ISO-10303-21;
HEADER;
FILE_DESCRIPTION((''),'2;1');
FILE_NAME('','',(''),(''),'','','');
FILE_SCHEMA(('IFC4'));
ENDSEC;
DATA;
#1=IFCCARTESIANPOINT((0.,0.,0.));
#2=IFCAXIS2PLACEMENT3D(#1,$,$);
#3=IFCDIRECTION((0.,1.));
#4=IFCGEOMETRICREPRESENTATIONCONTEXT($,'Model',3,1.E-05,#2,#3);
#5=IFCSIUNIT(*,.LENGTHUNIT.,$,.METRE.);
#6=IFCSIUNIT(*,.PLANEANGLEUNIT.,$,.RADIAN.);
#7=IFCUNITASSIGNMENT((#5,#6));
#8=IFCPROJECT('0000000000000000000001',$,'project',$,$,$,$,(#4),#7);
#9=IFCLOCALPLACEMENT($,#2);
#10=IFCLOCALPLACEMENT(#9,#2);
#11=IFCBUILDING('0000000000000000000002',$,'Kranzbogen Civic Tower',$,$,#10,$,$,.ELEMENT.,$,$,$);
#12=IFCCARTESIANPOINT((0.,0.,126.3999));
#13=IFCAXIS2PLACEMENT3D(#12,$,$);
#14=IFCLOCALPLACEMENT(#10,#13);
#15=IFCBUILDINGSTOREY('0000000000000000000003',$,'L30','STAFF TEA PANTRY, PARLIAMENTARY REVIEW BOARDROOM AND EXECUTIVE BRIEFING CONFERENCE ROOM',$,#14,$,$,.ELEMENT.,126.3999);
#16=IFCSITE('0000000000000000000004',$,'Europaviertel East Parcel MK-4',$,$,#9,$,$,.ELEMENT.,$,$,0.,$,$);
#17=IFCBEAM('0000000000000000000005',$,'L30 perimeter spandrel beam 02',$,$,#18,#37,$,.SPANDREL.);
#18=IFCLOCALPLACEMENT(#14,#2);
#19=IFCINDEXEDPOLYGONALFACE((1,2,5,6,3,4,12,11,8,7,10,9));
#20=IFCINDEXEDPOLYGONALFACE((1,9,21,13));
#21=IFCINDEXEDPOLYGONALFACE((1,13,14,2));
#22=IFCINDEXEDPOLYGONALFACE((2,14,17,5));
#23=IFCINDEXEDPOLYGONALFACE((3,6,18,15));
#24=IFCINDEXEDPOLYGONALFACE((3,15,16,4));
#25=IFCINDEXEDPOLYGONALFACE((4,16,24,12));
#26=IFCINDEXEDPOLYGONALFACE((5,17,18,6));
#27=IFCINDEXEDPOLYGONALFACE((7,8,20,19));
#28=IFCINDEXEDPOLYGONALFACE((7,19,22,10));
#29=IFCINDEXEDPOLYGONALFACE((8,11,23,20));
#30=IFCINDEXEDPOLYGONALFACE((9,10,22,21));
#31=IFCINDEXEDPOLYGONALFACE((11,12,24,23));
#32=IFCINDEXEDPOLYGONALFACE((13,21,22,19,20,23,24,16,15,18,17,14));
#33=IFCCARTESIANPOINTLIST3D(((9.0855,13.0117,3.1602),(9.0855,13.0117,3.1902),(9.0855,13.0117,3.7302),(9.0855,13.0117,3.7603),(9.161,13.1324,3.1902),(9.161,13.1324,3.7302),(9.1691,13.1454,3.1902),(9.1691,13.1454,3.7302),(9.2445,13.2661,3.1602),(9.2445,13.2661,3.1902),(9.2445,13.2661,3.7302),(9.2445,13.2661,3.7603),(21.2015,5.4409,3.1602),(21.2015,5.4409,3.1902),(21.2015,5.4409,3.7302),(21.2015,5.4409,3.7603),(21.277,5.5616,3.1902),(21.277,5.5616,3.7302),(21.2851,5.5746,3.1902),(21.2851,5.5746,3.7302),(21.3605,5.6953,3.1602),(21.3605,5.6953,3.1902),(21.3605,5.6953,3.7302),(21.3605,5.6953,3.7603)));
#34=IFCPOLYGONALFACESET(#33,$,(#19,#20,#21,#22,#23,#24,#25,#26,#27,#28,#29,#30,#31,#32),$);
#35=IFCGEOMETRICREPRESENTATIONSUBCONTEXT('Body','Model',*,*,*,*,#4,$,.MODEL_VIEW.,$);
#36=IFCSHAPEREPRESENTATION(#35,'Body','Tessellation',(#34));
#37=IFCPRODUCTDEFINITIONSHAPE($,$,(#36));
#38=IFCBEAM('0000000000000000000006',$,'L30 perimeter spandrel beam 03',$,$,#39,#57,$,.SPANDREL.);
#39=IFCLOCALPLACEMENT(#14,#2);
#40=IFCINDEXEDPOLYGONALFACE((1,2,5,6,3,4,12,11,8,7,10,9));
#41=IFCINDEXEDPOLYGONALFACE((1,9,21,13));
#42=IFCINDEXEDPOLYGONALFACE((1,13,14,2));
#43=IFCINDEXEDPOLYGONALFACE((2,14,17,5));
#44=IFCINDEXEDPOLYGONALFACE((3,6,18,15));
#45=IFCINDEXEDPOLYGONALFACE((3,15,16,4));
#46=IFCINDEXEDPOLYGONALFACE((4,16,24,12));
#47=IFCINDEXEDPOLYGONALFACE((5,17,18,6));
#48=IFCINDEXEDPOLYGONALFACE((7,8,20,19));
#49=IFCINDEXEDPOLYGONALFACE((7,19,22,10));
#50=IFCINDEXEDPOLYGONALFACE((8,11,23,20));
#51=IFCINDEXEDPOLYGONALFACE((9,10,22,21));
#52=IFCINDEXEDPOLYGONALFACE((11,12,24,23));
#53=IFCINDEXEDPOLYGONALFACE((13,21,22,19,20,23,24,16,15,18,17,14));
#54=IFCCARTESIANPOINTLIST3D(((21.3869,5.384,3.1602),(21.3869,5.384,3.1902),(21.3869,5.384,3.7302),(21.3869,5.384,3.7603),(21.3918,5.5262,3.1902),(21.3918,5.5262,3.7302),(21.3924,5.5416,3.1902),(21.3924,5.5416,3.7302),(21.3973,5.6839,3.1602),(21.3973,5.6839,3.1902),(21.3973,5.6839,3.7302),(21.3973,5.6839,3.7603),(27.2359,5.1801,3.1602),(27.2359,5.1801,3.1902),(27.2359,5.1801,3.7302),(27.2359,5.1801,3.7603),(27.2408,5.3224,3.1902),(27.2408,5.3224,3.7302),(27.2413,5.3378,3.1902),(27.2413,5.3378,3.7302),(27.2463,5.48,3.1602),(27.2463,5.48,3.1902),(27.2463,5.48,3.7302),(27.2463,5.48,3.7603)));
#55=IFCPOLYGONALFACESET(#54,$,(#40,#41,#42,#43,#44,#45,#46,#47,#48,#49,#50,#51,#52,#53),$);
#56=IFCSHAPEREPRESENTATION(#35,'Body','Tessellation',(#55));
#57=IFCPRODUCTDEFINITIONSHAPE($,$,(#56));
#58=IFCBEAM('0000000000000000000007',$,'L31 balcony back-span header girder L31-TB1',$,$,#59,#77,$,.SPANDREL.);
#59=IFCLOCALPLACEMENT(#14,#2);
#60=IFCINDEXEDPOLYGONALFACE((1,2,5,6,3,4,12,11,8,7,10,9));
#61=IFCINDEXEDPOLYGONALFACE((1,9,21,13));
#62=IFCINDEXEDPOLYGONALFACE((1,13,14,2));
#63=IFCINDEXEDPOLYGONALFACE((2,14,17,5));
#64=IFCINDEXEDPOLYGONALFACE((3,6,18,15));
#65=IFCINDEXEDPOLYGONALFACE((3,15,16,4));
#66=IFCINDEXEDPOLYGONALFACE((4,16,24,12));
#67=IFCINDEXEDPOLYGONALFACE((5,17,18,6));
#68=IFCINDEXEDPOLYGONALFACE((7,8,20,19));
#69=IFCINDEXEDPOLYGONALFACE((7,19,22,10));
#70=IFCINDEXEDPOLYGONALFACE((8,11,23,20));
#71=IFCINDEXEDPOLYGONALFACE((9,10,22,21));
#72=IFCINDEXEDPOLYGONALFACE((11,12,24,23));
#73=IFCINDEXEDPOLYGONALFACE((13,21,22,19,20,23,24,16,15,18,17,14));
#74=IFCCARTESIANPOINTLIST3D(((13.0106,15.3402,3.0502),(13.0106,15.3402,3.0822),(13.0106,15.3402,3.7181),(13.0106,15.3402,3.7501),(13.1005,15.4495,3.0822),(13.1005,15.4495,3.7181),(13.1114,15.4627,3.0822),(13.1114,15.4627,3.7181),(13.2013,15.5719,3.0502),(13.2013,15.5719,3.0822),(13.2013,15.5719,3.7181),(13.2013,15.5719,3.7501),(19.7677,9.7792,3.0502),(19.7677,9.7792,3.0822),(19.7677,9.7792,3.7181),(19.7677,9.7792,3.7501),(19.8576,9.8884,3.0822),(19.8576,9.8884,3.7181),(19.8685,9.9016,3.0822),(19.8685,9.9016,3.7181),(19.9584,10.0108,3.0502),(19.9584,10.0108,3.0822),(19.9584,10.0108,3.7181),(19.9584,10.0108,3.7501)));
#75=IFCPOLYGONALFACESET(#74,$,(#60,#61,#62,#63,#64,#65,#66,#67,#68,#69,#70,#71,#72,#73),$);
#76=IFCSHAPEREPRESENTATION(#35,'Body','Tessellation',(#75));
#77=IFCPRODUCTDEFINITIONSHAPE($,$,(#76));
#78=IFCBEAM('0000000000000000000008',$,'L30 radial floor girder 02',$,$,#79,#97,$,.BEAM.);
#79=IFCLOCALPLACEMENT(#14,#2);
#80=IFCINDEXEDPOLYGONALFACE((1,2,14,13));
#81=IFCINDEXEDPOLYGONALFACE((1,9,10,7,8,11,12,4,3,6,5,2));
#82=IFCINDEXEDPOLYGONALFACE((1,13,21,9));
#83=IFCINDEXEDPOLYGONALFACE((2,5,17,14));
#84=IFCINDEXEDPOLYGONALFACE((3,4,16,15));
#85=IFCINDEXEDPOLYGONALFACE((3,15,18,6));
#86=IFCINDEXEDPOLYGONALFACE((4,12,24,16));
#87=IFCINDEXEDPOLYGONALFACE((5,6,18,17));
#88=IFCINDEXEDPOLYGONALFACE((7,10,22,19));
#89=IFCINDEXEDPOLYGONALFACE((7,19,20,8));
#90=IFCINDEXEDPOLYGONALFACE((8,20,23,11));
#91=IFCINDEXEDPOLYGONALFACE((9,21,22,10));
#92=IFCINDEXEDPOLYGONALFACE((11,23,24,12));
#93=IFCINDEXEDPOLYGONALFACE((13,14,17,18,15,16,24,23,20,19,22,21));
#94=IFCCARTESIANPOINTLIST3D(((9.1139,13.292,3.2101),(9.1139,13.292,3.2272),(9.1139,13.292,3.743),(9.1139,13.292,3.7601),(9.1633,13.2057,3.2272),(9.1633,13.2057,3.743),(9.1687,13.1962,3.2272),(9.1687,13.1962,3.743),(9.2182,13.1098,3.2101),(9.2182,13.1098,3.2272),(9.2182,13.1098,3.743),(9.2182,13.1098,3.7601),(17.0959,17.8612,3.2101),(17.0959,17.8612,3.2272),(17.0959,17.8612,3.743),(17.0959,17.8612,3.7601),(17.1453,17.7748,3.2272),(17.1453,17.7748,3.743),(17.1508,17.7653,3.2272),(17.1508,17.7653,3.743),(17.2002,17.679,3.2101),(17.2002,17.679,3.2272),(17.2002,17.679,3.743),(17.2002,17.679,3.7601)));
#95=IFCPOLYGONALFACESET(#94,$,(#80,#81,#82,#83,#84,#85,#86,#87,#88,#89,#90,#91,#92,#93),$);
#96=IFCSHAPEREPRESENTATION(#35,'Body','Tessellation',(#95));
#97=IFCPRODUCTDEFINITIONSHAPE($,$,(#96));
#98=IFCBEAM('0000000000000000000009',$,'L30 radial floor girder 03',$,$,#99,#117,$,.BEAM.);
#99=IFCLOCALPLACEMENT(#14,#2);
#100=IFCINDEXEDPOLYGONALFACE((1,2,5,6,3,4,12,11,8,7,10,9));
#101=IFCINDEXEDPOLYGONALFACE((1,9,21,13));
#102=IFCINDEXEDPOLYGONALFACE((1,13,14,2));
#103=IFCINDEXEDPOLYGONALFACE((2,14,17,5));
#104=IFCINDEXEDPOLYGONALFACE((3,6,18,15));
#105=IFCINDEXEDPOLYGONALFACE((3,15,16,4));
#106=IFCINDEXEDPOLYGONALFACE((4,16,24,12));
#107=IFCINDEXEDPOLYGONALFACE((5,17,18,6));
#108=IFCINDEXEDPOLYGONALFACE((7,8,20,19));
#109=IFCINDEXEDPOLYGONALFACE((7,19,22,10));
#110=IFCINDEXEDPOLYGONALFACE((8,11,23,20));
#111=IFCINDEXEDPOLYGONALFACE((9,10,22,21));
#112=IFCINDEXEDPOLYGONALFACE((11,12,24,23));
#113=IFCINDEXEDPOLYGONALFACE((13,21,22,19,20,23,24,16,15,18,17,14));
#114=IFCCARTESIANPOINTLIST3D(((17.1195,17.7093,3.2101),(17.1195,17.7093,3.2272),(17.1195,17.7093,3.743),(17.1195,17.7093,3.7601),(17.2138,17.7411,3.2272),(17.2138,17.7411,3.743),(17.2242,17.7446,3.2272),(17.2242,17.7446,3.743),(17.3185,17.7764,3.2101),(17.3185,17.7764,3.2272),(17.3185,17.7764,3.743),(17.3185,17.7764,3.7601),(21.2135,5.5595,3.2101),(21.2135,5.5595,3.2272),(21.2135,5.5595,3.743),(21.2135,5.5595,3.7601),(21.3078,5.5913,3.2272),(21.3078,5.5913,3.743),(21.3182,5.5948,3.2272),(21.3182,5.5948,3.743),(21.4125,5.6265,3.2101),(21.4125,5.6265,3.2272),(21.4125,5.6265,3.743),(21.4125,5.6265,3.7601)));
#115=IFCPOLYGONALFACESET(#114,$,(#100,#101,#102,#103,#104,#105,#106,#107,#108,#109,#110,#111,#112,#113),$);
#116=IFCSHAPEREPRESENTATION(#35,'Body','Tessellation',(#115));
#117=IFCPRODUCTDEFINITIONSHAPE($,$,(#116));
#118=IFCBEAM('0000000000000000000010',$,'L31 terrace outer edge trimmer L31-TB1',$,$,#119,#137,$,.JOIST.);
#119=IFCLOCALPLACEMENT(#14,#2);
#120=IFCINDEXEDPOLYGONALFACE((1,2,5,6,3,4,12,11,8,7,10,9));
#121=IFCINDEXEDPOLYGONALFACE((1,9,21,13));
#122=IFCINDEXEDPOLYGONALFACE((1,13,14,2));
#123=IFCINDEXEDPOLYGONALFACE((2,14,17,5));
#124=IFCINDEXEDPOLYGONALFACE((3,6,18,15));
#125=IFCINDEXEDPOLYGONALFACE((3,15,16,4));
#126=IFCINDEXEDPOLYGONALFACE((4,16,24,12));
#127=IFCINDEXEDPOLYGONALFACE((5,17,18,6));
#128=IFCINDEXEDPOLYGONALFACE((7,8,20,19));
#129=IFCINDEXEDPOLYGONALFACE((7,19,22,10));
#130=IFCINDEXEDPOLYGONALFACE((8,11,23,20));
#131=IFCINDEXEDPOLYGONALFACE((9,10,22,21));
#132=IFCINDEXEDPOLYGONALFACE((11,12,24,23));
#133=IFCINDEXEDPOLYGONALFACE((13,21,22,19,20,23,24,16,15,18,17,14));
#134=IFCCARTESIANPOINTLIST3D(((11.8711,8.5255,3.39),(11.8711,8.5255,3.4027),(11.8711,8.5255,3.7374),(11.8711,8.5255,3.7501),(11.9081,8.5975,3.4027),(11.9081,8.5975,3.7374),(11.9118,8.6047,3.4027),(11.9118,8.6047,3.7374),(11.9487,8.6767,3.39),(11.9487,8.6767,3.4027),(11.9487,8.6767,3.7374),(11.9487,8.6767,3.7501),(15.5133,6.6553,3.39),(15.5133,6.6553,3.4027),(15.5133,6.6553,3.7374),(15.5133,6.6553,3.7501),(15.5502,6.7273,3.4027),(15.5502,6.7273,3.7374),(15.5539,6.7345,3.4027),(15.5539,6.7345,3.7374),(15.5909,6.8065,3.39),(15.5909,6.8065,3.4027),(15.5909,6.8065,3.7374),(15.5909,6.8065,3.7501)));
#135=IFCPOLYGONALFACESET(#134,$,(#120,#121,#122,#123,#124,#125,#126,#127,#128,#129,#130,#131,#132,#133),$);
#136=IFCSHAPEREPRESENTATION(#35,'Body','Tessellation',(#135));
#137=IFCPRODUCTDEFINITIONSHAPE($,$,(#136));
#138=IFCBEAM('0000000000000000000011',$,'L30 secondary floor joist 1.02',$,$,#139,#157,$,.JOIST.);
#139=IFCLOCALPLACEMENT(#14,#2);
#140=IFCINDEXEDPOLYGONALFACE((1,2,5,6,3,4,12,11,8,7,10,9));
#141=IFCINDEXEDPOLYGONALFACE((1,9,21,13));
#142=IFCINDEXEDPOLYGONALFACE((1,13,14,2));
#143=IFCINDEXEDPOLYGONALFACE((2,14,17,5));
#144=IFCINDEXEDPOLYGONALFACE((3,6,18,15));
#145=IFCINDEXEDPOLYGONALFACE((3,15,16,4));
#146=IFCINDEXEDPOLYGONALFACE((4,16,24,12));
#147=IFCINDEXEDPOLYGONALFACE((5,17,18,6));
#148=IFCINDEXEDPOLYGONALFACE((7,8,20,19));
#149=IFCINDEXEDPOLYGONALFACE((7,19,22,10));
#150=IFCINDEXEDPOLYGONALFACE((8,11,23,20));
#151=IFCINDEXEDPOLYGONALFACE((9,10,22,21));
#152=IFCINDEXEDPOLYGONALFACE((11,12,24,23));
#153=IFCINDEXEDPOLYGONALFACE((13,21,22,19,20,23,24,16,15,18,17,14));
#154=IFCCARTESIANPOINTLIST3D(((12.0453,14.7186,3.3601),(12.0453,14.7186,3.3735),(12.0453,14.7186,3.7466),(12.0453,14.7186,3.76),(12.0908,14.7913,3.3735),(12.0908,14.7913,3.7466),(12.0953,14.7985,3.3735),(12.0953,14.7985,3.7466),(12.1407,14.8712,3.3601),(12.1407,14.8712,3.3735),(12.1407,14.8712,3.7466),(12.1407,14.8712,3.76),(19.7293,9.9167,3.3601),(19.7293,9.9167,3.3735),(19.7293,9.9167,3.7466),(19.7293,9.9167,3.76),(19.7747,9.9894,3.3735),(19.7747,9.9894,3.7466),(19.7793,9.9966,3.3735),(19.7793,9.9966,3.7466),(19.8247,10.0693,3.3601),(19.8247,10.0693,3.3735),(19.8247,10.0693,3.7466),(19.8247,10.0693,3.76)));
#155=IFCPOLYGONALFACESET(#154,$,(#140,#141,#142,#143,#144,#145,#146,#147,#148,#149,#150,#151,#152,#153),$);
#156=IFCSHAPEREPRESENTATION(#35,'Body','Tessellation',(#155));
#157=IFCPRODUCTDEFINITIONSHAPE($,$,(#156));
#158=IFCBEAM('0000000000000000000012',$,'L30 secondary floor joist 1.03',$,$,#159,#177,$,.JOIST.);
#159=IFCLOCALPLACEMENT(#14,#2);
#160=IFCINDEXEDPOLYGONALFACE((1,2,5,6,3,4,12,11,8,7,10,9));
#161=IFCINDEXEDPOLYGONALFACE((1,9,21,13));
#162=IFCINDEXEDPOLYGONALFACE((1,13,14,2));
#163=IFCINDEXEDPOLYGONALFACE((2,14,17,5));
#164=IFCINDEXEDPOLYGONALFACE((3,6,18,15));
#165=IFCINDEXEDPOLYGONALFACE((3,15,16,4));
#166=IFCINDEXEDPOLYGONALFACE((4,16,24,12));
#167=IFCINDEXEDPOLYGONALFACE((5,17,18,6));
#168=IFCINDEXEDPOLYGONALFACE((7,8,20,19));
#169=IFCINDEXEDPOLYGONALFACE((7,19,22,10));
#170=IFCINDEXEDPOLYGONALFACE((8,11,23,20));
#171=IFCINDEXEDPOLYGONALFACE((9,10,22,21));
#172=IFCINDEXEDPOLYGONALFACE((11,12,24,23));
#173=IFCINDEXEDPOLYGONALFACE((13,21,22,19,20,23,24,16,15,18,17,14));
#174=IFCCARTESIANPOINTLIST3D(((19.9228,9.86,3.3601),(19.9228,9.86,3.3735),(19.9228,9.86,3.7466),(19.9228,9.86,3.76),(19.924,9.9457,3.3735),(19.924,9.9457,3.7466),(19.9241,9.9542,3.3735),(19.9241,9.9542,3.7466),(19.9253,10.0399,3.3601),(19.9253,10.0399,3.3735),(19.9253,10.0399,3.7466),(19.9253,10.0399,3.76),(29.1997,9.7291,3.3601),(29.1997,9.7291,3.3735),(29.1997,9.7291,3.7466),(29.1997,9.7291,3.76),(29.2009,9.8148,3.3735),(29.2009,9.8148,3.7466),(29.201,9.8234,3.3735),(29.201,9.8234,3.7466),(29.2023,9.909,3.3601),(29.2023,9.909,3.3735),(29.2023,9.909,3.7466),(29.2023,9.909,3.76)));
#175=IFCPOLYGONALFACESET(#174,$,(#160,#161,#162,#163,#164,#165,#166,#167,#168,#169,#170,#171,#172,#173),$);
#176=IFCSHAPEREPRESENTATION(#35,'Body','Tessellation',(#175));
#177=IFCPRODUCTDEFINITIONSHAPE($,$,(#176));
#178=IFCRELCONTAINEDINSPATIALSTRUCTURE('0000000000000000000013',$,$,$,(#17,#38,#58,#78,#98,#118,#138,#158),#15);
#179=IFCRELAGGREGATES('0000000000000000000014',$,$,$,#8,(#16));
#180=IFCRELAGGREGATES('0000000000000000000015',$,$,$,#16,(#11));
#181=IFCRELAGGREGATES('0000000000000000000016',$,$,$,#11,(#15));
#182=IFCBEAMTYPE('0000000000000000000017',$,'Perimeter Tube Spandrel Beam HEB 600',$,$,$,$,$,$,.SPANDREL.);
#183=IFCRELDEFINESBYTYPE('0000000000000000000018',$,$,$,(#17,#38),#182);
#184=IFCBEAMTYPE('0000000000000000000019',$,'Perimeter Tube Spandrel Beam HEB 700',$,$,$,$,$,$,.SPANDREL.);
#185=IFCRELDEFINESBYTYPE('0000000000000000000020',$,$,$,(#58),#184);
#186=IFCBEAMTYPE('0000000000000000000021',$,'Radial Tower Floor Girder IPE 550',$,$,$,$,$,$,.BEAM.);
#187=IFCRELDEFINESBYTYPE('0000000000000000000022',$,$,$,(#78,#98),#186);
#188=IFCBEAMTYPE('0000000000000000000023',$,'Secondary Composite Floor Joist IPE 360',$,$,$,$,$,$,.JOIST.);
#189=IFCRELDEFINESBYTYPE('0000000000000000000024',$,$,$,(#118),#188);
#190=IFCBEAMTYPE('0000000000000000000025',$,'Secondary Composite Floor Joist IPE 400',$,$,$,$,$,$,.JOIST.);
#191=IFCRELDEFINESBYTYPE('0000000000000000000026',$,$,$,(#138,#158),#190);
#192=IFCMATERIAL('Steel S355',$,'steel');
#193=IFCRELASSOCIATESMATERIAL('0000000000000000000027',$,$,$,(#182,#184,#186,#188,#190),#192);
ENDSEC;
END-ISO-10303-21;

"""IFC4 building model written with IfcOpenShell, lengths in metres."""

from ifc_helpers import new_model, si_unit, direction, frame, origin, origin_2d, place, context, subcontext, project, spatial, i_section, extrude, material, material_profile, profile_set, type_object, element, save


model = new_model("IFC4")

# Units and contexts
model_context = context("Model", 3, precision=1e-05, world=origin(), true_north=direction((0.0, 1.0)))
body_context = subcontext(model_context, "Body", "Model", "MODEL_VIEW")
ifc_project = project(units=[si_unit("LENGTHUNIT", "METRE"), si_unit("PLANEANGLEUNIT", "RADIAN")], contexts=[model_context])

# Site, building, storey
site_placement = place(None, origin())
site = spatial("IfcSite", under=ifc_project, at=site_placement, Name="Europaviertel East Parcel MK-4", CompositionType="ELEMENT", RefElevation=0.0)
building_placement = place(site_placement, origin())
building = spatial("IfcBuilding", under=site, at=building_placement, Name="Kranzbogen Civic Tower", CompositionType="ELEMENT")
storey_placement = place(building_placement, frame((0.0, 0.0, 126.3999)))
storey = spatial("IfcBuildingStorey", under=building, at=storey_placement, Name="L30", Description="STAFF TEA PANTRY, PARLIAMENTARY REVIEW BOARDROOM AND EXECUTIVE BRIEFING CONFERENCE ROOM", CompositionType="ELEMENT", Elevation=126.3999)

# Shared definitions
ifc_material_1 = material(Name="Steel S355", Category="steel")

# Beams
ifc_material_profile_1 = material_profile(ifc_material_1, i_section(OverallWidth=0.3, OverallDepth=0.6001, WebThickness=0.0154, FlangeThickness=0.03, at=origin_2d()), Name="HEB 600")
ifc_profile_set_1 = profile_set([ifc_material_profile_1], Name="Steel S355")
beam_type_1 = type_object("IfcBeamType", Name="Perimeter Tube Spandrel Beam HEB 600", PredefinedType="SPANDREL", material=ifc_profile_set_1)
beam_1_placement = place(storey_placement, frame((9.165, 13.1389, 3.4602), z_axis=(0.848051, -0.529914, 0.0), x_axis=(0.529914, 0.848051, 0.0)))
element("IfcBeam", 1, at=beam_1_placement, inside=storey, type_object=beam_type_1, Name="L30 perimeter spandrel beam 02", PredefinedType="SPANDREL", context=body_context, shape_type="SweptSolid", body=[
    extrude(i_section(OverallWidth=0.3, OverallDepth=0.6001, WebThickness=0.0154, FlangeThickness=0.03, at=origin_2d()), origin(), (0.0, 0.0, 1.0), 14.2869),
])
beam_2_placement = place(storey_placement, frame((21.3921, 5.5339, 3.4602), z_axis=(0.999393, -0.034833, 0.0), x_axis=(0.034833, 0.999393, 0.0)))
element("IfcBeam", 2, at=beam_2_placement, inside=storey, type_object=beam_type_1, Name="L30 perimeter spandrel beam 03", PredefinedType="SPANDREL", context=body_context, shape_type="SweptSolid", body=[
    extrude(i_section(OverallWidth=0.3, OverallDepth=0.6001, WebThickness=0.0154, FlangeThickness=0.03, at=origin_2d()), origin(), (0.0, 0.0, 1.0), 5.8525),
])
ifc_material_profile_2 = material_profile(ifc_material_1, i_section(OverallWidth=0.3, OverallDepth=0.7, WebThickness=0.0171, FlangeThickness=0.032, at=origin_2d()), Name="HEB 700")
ifc_profile_set_2 = profile_set([ifc_material_profile_2], Name="Steel S355")
beam_type_2 = type_object("IfcBeamType", Name="Perimeter Tube Spandrel Beam HEB 700", PredefinedType="SPANDREL", material=ifc_profile_set_2)
beam_3_placement = place(storey_placement, frame((13.106, 15.4561, 3.4001), z_axis=(0.772133, -0.635461, 0.0), x_axis=(0.635461, 0.772133, 0.0)))
element("IfcBeam", 3, at=beam_3_placement, inside=storey, type_object=beam_type_2, Name="L31 balcony back-span header girder L31-TB1", PredefinedType="SPANDREL", context=body_context, shape_type="SweptSolid", body=[
    extrude(i_section(OverallWidth=0.3, OverallDepth=0.7, WebThickness=0.0171, FlangeThickness=0.032, at=origin_2d()), origin(), (0.0, 0.0, 1.0), 8.7512),
])
ifc_material_profile_3 = material_profile(ifc_material_1, i_section(OverallWidth=0.21, OverallDepth=0.55, WebThickness=0.011, FlangeThickness=0.0171, at=origin_2d()), Name="IPE 550")
ifc_profile_set_3 = profile_set([ifc_material_profile_3], Name="Steel S355")
beam_type_3 = type_object("IfcBeamType", Name="Radial Tower Floor Girder IPE 550", PredefinedType="BEAM", material=ifc_profile_set_3)
beam_4_placement = place(storey_placement, frame((9.166, 13.2009, 3.4851), z_axis=(0.867869, 0.496793, 0.0), x_axis=(-0.496793, 0.867869, 0.0)))
element("IfcBeam", 4, at=beam_4_placement, inside=storey, type_object=beam_type_3, Name="L30 radial floor girder 02", PredefinedType="BEAM", context=body_context, shape_type="SweptSolid", body=[
    extrude(i_section(OverallWidth=0.21, OverallDepth=0.55, WebThickness=0.011, FlangeThickness=0.0171, at=origin_2d()), origin(), (0.0, 0.0, 1.0), 9.1973),
])
beam_5_placement = place(storey_placement, frame((21.313, 5.593, 3.4851), z_axis=(-0.319317, 0.947648, 0.0), x_axis=(-0.947648, -0.319317, 0.0)))
element("IfcBeam", 5, at=beam_5_placement, inside=storey, type_object=beam_type_3, Name="L30 radial floor girder 03", PredefinedType="BEAM", context=body_context, shape_type="SweptSolid", body=[
    extrude(i_section(OverallWidth=0.21, OverallDepth=0.55, WebThickness=0.011, FlangeThickness=0.0171, at=origin_2d()), origin(), (0.0, 0.0, 1.0), 12.821),
])
ifc_material_profile_4 = material_profile(ifc_material_1, i_section(OverallWidth=0.1699, OverallDepth=0.3601, WebThickness=0.0081, FlangeThickness=0.0127, at=origin_2d()), Name="IPE 360")
ifc_profile_set_4 = profile_set([ifc_material_profile_4], Name="Steel S355")
beam_type_4 = type_object("IfcBeamType", Name="Secondary Composite Floor Joist IPE 360", PredefinedType="JOIST", material=ifc_profile_set_4)
beam_6_placement = place(storey_placement, frame((11.9099, 8.6011, 3.5701), z_axis=(0.889581, -0.456777, 0.0), x_axis=(0.456777, 0.889581, 0.0)))
element("IfcBeam", 6, at=beam_6_placement, inside=storey, type_object=beam_type_4, Name="L31 terrace outer edge trimmer L31-TB1", PredefinedType="JOIST", context=body_context, shape_type="SweptSolid", body=[
    extrude(i_section(OverallWidth=0.1699, OverallDepth=0.3601, WebThickness=0.0081, FlangeThickness=0.0127, at=origin_2d()), origin(), (0.0, 0.0, 1.0), 4.0942),
])
ifc_material_profile_5 = material_profile(ifc_material_1, i_section(OverallWidth=0.1799, OverallDepth=0.3999, WebThickness=0.0085, FlangeThickness=0.0134, at=origin_2d()), Name="IPE 400")
ifc_profile_set_5 = profile_set([ifc_material_profile_5], Name="Steel S355")
beam_type_5 = type_object("IfcBeamType", Name="Secondary Composite Floor Joist IPE 400", PredefinedType="JOIST", material=ifc_profile_set_5)
beam_7_placement = place(storey_placement, frame((12.093, 14.7949, 3.5601), z_axis=(0.848026, -0.529955, 0.0), x_axis=(0.529955, 0.848026, 0.0)))
element("IfcBeam", 7, at=beam_7_placement, inside=storey, type_object=beam_type_5, Name="L30 secondary floor joist 1.02", PredefinedType="JOIST", context=body_context, shape_type="SweptSolid", body=[
    extrude(i_section(OverallWidth=0.1799, OverallDepth=0.3999, WebThickness=0.0085, FlangeThickness=0.0134, at=origin_2d()), origin(), (0.0, 0.0, 1.0), 9.061),
])
beam_8_placement = place(storey_placement, frame((19.9241, 9.95, 3.5601), z_axis=(0.999901, -0.014105, 0.0), x_axis=(0.014105, 0.999901, 0.0)))
element("IfcBeam", 8, at=beam_8_placement, inside=storey, type_object=beam_type_5, Name="L30 secondary floor joist 1.03", PredefinedType="JOIST", context=body_context, shape_type="SweptSolid", body=[
    extrude(i_section(OverallWidth=0.1799, OverallDepth=0.3999, WebThickness=0.0085, FlangeThickness=0.0134, at=origin_2d()), origin(), (0.0, 0.0, 1.0), 9.2778),
])

save(model, "model.ifc")
